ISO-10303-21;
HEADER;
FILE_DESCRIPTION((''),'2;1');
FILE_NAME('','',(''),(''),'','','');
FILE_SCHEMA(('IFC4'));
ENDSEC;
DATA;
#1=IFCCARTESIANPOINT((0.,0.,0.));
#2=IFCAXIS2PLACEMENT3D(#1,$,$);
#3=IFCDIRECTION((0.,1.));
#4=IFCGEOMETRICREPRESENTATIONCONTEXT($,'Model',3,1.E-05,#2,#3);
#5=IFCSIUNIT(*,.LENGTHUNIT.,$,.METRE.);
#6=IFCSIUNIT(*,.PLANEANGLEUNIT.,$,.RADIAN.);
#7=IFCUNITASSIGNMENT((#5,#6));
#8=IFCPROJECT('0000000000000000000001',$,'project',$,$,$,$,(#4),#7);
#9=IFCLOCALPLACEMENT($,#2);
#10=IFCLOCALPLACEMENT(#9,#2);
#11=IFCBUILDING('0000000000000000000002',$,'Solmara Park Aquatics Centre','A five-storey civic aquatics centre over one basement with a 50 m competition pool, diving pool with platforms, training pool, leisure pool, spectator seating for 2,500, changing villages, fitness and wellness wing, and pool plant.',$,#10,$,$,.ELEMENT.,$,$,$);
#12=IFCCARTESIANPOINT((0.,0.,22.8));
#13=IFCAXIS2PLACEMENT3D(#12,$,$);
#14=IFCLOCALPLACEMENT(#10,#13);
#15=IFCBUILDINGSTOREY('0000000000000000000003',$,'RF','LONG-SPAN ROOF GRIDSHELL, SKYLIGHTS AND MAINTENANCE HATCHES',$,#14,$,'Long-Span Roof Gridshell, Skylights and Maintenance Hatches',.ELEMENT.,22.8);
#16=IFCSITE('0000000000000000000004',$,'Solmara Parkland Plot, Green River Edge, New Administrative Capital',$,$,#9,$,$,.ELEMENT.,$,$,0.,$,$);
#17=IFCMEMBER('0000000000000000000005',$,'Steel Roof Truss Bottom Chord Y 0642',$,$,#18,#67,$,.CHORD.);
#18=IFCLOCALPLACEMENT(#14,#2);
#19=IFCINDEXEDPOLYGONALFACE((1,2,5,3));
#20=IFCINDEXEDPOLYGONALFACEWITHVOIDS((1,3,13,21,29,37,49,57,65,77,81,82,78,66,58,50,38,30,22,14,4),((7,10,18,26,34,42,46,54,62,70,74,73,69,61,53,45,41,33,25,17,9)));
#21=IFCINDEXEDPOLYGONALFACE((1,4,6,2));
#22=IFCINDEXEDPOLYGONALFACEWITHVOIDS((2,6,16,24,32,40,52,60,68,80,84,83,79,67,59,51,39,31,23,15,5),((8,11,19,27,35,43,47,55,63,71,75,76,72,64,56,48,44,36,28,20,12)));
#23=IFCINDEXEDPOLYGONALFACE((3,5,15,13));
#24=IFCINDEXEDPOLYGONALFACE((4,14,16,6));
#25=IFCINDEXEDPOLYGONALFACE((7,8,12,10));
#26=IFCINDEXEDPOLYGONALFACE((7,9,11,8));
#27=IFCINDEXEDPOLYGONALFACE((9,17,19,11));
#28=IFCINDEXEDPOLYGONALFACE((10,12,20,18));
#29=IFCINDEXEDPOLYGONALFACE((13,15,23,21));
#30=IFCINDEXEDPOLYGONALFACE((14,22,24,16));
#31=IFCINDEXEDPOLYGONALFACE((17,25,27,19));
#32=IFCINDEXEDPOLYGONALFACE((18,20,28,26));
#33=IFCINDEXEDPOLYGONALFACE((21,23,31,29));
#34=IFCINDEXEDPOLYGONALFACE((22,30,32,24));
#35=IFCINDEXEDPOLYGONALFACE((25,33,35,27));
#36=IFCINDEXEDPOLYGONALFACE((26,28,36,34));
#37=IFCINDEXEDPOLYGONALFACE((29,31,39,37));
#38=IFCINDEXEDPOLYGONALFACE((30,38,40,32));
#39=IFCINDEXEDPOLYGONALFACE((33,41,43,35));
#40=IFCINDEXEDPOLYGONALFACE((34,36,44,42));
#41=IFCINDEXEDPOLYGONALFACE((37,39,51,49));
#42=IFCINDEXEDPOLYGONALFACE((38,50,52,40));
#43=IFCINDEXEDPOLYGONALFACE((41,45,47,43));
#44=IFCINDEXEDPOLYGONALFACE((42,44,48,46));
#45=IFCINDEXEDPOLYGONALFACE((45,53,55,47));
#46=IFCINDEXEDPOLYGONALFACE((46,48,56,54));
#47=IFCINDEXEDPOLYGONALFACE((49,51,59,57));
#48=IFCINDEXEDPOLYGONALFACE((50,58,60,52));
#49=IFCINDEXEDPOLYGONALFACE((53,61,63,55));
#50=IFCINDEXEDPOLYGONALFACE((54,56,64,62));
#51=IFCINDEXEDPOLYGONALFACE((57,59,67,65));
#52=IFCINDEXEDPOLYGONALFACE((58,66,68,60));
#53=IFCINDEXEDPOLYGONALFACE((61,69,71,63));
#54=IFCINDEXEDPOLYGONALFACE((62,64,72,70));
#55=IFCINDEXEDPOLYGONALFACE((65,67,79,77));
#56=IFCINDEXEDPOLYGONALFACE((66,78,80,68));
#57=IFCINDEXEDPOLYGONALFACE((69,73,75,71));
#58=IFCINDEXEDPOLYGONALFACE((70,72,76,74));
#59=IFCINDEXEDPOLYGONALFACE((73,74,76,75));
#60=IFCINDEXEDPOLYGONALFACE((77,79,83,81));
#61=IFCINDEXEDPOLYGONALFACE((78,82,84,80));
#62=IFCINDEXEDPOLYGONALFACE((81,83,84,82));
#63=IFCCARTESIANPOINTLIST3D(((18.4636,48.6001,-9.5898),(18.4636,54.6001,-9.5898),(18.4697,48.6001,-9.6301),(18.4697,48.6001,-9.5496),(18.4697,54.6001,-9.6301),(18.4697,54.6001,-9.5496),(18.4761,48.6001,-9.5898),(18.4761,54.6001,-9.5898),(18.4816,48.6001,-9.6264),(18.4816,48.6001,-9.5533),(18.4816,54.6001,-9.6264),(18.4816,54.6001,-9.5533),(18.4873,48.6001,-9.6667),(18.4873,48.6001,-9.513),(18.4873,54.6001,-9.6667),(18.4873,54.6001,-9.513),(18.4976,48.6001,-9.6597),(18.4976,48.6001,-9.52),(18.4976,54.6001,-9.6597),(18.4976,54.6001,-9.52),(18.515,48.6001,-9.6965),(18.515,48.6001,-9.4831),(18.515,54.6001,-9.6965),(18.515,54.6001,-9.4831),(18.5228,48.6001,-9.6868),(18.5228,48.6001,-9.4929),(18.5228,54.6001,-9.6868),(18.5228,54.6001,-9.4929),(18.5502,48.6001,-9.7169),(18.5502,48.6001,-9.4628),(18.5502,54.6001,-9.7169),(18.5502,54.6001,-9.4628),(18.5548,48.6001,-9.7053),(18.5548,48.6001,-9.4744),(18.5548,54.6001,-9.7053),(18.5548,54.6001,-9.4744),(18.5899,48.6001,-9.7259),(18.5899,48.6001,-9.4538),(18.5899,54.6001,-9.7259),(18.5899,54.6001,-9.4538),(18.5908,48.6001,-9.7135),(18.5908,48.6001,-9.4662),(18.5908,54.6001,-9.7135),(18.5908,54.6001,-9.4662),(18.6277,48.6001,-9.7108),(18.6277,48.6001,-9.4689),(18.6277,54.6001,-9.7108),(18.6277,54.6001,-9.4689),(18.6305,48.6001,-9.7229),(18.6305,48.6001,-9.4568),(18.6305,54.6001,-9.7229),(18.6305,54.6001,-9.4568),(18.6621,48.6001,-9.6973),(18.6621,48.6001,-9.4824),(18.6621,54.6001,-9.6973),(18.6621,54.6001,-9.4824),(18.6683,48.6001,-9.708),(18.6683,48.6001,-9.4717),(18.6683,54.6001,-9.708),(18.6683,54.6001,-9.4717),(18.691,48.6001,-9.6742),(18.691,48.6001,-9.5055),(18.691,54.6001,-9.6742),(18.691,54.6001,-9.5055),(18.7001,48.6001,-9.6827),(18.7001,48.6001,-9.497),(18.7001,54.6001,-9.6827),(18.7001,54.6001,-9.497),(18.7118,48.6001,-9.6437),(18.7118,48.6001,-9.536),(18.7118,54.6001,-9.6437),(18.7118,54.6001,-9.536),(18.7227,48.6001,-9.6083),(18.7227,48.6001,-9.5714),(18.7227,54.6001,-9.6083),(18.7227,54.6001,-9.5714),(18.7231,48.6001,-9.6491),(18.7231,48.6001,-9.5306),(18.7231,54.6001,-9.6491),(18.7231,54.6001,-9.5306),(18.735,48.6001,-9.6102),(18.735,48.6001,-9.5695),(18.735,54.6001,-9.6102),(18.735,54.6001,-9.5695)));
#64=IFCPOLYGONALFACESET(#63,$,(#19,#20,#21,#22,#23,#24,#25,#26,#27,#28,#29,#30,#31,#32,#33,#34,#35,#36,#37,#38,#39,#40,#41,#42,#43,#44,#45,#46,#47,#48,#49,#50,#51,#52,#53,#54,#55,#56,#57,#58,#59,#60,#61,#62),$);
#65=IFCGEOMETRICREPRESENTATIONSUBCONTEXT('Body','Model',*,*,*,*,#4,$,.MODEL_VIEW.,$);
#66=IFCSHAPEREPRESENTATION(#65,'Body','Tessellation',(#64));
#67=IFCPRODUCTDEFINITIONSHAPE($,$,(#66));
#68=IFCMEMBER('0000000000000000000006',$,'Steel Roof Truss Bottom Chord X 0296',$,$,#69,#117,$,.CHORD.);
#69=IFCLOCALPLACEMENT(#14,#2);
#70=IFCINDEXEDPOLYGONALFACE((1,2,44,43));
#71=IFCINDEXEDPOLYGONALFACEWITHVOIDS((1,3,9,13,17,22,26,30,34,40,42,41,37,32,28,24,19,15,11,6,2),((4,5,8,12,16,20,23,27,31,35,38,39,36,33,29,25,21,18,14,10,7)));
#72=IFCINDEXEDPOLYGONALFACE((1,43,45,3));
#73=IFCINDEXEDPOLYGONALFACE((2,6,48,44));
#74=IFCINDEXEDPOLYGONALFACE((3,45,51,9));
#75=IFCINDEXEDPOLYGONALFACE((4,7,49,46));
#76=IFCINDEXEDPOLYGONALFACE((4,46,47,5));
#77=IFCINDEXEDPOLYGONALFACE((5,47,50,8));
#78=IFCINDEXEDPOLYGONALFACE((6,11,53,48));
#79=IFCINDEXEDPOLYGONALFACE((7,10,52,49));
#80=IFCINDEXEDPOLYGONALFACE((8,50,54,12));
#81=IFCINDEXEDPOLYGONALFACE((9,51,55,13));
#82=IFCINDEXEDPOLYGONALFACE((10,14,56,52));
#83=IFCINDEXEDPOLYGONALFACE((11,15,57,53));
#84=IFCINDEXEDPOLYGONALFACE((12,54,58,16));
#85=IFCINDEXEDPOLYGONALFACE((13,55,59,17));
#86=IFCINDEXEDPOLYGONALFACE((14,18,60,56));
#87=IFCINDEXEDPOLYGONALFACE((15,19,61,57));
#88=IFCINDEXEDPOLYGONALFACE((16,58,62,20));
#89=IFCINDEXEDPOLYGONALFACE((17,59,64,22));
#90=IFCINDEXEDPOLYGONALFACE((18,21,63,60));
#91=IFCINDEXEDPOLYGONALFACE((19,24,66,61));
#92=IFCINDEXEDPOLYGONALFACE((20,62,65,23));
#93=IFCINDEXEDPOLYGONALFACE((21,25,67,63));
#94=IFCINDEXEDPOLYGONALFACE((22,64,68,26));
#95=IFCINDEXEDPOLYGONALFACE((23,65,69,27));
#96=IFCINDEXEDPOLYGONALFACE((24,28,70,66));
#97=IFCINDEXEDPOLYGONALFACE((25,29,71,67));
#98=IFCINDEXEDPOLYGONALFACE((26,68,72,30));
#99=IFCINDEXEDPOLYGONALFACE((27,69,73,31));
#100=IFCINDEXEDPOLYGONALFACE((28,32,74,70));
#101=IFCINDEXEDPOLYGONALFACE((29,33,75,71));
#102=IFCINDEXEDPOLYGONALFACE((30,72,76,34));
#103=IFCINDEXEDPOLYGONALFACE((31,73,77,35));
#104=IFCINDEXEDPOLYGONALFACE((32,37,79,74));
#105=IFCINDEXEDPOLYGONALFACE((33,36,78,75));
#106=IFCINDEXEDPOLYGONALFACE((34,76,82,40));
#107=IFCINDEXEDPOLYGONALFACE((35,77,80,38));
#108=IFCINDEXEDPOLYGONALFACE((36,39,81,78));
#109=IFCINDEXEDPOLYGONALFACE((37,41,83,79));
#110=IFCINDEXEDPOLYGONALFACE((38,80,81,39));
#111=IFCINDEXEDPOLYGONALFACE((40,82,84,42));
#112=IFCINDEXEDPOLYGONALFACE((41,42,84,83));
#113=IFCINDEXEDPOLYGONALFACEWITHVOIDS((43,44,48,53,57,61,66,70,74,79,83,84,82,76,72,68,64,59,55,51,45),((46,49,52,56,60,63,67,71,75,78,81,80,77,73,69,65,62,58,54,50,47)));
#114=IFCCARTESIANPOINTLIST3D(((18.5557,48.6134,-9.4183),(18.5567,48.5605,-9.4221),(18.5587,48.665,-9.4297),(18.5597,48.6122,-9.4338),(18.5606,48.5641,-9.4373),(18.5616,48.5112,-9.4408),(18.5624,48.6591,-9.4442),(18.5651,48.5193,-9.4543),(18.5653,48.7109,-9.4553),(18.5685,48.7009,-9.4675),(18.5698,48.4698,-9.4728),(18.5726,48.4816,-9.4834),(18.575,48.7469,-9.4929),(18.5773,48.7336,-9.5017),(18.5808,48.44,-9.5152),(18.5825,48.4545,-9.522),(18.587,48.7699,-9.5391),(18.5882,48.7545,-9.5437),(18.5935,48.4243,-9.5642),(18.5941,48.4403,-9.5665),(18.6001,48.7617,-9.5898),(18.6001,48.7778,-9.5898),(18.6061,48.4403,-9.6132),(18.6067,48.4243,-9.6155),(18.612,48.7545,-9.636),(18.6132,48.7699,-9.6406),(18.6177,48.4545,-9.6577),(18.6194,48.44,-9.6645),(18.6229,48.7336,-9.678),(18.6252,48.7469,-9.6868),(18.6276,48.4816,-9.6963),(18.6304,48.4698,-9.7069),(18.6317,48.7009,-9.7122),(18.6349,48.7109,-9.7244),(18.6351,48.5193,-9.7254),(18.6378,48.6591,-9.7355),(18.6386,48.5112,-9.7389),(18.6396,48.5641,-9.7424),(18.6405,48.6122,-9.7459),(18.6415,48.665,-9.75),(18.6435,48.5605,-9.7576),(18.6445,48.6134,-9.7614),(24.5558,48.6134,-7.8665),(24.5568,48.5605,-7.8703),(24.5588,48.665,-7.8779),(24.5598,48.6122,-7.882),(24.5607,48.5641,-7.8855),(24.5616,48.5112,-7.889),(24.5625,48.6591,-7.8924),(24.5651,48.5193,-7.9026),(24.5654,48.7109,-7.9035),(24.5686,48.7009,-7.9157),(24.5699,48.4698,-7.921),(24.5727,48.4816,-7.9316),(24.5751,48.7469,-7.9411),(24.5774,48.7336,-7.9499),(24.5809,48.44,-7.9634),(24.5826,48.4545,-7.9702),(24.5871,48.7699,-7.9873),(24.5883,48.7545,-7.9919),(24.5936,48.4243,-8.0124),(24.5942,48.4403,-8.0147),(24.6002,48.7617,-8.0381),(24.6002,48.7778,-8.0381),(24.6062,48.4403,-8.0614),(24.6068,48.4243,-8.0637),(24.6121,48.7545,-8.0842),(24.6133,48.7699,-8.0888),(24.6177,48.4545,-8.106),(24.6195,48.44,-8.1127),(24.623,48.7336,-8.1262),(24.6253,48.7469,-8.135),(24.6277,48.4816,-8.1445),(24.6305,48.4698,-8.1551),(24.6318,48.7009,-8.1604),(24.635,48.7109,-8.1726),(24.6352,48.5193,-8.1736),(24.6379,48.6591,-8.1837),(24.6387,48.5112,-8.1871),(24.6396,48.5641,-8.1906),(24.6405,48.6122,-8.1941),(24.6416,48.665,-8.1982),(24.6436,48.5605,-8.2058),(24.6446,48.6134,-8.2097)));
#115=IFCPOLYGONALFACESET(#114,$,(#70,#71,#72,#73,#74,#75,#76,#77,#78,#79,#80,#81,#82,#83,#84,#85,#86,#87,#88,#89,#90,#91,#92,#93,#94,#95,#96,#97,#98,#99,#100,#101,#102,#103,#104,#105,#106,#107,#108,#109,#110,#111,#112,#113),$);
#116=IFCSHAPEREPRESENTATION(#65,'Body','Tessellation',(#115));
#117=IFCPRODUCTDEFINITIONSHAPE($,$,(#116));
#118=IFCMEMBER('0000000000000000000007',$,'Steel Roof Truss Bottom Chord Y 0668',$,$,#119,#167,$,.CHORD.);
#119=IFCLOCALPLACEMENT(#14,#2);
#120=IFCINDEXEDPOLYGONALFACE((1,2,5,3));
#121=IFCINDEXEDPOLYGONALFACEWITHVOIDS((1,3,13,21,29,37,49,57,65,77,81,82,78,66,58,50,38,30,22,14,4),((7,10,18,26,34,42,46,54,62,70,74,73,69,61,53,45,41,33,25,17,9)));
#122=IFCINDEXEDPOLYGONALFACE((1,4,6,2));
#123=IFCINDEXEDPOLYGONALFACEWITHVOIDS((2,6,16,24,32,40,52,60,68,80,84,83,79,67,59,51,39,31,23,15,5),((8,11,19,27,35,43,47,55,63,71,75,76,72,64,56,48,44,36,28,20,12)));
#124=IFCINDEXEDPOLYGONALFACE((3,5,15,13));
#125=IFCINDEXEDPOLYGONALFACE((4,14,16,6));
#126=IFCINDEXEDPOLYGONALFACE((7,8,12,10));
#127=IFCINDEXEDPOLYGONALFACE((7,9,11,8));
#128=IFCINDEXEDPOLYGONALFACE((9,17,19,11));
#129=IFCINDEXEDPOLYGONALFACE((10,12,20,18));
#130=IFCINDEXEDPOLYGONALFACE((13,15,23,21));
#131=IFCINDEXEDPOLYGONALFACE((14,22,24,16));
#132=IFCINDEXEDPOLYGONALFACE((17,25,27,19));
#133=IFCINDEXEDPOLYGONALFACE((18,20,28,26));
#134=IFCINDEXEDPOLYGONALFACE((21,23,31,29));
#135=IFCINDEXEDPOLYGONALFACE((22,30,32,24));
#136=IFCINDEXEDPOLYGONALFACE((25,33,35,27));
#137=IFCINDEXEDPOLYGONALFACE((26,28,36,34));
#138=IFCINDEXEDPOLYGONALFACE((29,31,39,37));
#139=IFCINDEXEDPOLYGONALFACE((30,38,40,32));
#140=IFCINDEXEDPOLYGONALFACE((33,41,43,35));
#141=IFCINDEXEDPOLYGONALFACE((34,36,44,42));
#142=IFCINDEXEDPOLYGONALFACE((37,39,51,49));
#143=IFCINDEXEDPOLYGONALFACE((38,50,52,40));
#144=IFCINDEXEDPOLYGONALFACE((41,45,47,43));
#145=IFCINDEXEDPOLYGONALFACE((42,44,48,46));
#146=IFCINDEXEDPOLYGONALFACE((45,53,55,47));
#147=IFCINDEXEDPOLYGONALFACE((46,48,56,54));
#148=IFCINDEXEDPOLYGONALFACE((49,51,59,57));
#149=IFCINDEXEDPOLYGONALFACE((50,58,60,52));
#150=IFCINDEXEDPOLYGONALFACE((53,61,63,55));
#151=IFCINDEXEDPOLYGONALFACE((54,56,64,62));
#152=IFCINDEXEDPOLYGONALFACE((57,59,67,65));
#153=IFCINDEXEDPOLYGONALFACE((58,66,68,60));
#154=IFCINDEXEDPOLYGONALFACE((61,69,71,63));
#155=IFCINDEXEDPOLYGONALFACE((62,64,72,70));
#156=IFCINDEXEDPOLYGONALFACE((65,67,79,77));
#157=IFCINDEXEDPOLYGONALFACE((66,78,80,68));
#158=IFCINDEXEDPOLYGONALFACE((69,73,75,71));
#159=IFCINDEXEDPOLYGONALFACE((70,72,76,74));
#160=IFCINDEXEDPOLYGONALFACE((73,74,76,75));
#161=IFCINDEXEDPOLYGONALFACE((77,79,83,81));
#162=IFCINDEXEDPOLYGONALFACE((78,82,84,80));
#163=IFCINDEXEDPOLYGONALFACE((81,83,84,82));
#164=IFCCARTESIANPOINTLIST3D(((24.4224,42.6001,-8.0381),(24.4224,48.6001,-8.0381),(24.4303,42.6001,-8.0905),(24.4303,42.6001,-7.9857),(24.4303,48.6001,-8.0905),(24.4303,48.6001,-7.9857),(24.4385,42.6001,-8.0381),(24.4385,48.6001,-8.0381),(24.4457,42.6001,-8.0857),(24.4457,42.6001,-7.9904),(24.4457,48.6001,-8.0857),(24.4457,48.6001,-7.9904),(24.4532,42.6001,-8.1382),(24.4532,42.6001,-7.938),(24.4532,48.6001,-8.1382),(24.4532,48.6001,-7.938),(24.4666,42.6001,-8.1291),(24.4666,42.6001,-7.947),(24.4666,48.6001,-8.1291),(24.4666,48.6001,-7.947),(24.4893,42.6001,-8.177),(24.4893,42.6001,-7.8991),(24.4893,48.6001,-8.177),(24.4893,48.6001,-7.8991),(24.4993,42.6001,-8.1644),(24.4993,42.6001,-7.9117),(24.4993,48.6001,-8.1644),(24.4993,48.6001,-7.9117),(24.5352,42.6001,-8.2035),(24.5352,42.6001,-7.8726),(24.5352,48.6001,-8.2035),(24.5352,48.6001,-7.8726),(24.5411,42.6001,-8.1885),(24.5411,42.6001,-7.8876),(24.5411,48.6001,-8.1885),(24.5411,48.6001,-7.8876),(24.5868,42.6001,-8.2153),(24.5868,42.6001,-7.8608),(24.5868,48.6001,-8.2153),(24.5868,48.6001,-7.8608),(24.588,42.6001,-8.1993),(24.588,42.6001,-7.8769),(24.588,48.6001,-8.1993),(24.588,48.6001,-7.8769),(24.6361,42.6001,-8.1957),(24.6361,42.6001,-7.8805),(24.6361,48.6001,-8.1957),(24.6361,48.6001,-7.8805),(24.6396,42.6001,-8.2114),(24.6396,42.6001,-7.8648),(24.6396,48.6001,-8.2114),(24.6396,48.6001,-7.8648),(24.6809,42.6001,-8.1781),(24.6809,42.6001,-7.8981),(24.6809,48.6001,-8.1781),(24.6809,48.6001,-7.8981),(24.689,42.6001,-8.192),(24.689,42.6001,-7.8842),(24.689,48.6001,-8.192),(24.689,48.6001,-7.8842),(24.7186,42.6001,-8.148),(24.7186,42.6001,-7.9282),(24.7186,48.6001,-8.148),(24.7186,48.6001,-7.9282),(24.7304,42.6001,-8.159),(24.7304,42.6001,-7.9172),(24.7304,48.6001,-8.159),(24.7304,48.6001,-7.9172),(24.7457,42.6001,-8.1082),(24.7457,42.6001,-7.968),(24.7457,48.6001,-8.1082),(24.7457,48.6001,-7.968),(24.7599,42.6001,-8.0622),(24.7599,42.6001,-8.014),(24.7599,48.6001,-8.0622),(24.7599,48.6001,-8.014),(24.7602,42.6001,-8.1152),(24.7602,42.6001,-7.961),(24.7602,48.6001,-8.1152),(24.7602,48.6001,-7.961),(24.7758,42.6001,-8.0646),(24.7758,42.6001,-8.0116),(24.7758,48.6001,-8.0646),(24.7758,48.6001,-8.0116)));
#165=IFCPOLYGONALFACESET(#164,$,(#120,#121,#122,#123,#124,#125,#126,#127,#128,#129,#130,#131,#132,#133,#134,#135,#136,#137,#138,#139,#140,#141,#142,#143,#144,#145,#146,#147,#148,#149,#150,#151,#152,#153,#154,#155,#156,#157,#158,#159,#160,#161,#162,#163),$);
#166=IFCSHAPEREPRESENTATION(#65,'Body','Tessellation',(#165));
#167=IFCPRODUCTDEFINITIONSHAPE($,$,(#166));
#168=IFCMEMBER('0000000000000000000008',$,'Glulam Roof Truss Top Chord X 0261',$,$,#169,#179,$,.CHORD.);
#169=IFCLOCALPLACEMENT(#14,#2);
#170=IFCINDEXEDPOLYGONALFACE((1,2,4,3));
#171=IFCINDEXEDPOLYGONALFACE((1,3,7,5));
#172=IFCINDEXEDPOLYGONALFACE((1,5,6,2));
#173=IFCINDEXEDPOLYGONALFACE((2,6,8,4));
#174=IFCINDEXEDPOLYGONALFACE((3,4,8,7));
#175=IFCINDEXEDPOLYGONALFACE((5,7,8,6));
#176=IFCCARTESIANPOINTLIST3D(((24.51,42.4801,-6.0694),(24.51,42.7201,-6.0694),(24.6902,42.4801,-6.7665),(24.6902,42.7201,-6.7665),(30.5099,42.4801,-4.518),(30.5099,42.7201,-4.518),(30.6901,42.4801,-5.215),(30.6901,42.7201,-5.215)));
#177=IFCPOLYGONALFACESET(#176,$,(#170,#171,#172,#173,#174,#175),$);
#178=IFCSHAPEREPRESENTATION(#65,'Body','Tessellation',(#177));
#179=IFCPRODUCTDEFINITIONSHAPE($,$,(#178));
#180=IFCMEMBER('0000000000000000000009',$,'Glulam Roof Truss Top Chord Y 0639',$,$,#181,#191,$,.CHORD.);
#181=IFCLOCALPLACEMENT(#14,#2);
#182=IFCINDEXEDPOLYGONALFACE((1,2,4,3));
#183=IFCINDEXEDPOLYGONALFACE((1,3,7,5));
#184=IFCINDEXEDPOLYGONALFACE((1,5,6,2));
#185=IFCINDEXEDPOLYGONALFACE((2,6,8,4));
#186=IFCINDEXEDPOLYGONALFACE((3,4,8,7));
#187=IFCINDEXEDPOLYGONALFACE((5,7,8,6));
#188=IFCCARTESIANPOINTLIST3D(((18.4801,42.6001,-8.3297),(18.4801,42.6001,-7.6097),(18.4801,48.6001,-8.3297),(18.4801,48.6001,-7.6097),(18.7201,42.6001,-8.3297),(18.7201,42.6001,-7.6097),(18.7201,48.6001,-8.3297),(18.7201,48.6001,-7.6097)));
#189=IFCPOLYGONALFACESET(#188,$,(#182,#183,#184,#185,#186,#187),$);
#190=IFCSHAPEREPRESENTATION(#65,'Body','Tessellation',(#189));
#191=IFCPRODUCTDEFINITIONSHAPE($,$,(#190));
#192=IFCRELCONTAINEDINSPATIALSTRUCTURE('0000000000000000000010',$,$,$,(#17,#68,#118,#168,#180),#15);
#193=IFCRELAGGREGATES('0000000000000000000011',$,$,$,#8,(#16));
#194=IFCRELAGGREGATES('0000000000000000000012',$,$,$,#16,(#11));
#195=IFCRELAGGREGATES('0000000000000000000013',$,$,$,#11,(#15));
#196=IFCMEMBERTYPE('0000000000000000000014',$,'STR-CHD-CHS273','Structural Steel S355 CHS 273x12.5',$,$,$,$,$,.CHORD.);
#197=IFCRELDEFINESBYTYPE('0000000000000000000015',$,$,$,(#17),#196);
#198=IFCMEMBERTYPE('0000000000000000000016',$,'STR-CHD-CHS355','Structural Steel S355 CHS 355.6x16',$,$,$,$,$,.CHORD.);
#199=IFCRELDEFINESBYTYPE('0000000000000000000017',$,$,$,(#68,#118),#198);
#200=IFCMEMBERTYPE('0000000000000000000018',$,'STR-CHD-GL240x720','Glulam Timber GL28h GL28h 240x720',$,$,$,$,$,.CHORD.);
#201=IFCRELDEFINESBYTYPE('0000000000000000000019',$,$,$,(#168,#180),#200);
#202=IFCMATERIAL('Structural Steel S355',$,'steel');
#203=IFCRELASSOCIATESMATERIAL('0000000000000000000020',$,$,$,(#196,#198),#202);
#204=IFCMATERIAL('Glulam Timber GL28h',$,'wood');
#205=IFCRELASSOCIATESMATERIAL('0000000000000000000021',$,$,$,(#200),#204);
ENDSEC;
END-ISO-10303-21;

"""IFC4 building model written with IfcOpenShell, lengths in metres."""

from ifc_helpers import new_model, si_unit, direction, frame, origin, origin_2d, place, context, subcontext, project, spatial, rectangle, hollow_circle, extrude, material, material_profile, profile_set, type_object, element, save


model = new_model("IFC4")

# Units and contexts
model_context = context("Model", 3, precision=1e-05, world=origin(), true_north=direction((0.0, 1.0)))
body_context = subcontext(model_context, "Body", "Model", "MODEL_VIEW")
ifc_project = project(units=[si_unit("LENGTHUNIT", "METRE"), si_unit("PLANEANGLEUNIT", "RADIAN")], contexts=[model_context])

# Site, building, storey
site_placement = place(None, origin())
site = spatial("IfcSite", under=ifc_project, at=site_placement, Name="Solmara Parkland Plot, Green River Edge, New Administrative Capital", CompositionType="ELEMENT", RefElevation=0.0)
building_placement = place(site_placement, origin())
building = spatial("IfcBuilding", under=site, at=building_placement, Name="Solmara Park Aquatics Centre", Description="A five-storey civic aquatics centre over one basement with a 50 m competition pool, diving pool with platforms, training pool, leisure pool, spectator seating for 2,500, changing villages, fitness and wellness wing, and pool plant.", CompositionType="ELEMENT")
storey_placement = place(building_placement, frame((0.0, 0.0, 22.8)))
storey = spatial("IfcBuildingStorey", under=building, at=storey_placement, Name="RF", Description="LONG-SPAN ROOF GRIDSHELL, SKYLIGHTS AND MAINTENANCE HATCHES", LongName="Long-Span Roof Gridshell, Skylights and Maintenance Hatches", CompositionType="ELEMENT", Elevation=22.8)

# Members
ifc_material_1 = material(Name="Structural Steel S355", Category="steel")
ifc_material_profile_1 = material_profile(ifc_material_1, hollow_circle(Radius=0.1365, WallThickness=0.0125, at=origin_2d()), Name="CHS 273x12.5")
ifc_profile_set_1 = profile_set([ifc_material_profile_1], Name="Structural Steel S355")
member_type_1 = type_object("IfcMemberType", Name="STR-CHD-CHS273", Description="Structural Steel S355 CHS 273x12.5", PredefinedType="CHORD", material=ifc_profile_set_1)
for number, where, z_axis, x_axis, name in (
    (1, (18.6001, 48.6001, -9.5898), (0.0, 1.0, 0.0), (-1.0, 0.0, 0.0), "Steel Roof Truss Bottom Chord Y 0642"),
):
    element("IfcMember", number, at=place(storey_placement, frame(where, z_axis=z_axis, x_axis=x_axis)), inside=storey, type_object=member_type_1, Name=name, PredefinedType="CHORD", context=body_context, shape_type="SweptSolid", body=[
        extrude(hollow_circle(Radius=0.1365, WallThickness=0.0125, at=origin_2d()), origin(), (0.0, 0.0, 1.0), 6.0),
    ])
ifc_material_profile_2 = material_profile(ifc_material_1, hollow_circle(Radius=0.1777, WallThickness=0.0161, at=origin_2d()), Name="CHS 355.6x16")
ifc_profile_set_2 = profile_set([ifc_material_profile_2], Name="Structural Steel S355")
member_type_2 = type_object("IfcMemberType", Name="STR-CHD-CHS355", Description="Structural Steel S355 CHS 355.6x16", PredefinedType="CHORD", material=ifc_profile_set_2)
member_1_placement = place(storey_placement, frame((18.6001, 48.6001, -9.5898), z_axis=(0.968146, 0.0, 0.250388), x_axis=(0.0, 1.0, 0.0)))
element("IfcMember", 2, at=member_1_placement, inside=storey, type_object=member_type_2, Name="Steel Roof Truss Bottom Chord X 0296", PredefinedType="CHORD", context=body_context, shape_type="SweptSolid", body=[
    extrude(hollow_circle(Radius=0.1777, WallThickness=0.0161, at=origin_2d()), origin(), (0.0, 0.0, 1.0), 6.1975),
])
member_2_placement = place(storey_placement, frame((24.6001, 42.6001, -8.0381), z_axis=(0.0, 1.0, 0.0), x_axis=(-1.0, 0.0, 0.0)))
element("IfcMember", 3, at=member_2_placement, inside=storey, type_object=member_type_2, Name="Steel Roof Truss Bottom Chord Y 0668", PredefinedType="CHORD", context=body_context, shape_type="SweptSolid", body=[
    extrude(hollow_circle(Radius=0.1777, WallThickness=0.0161, at=origin_2d()), origin(), (0.0, 0.0, 1.0), 6.0),
])
ifc_material_2 = material(Name="Glulam Timber GL28h", Category="wood")
ifc_material_profile_3 = material_profile(ifc_material_2, rectangle(XDim=0.24, YDim=0.72, at=origin_2d()), Name="GL28h 240x720")
ifc_profile_set_3 = profile_set([ifc_material_profile_3], Name="Glulam Timber GL28h")
member_type_3 = type_object("IfcMemberType", Name="STR-CHD-GL240x720", Description="Glulam Timber GL28h GL28h 240x720", PredefinedType="CHORD", material=ifc_profile_set_3)
member_3_placement = place(storey_placement, frame((24.6001, 42.6001, -6.418), z_axis=(0.968155, 0.0, 0.250351), x_axis=(0.0, 1.0, 0.0)))
element("IfcMember", 4, at=member_3_placement, inside=storey, type_object=member_type_3, Name="Glulam Roof Truss Top Chord X 0261", PredefinedType="CHORD", context=body_context, shape_type="SweptSolid", body=[
    extrude(rectangle(XDim=0.24, YDim=0.72, at=origin_2d()), origin(), (0.0, 0.0, 1.0), 6.1973),
])
for number, where, z_axis, x_axis, name in (
    (5, (18.6001, 42.6001, -7.9697), (0.0, 1.0, 0.0), (-1.0, 0.0, 0.0), "Glulam Roof Truss Top Chord Y 0639"),
):
    element("IfcMember", number, at=place(storey_placement, frame(where, z_axis=z_axis, x_axis=x_axis)), inside=storey, type_object=member_type_3, Name=name, PredefinedType="CHORD", context=body_context, shape_type="SweptSolid", body=[
        extrude(rectangle(XDim=0.24, YDim=0.72, at=origin_2d()), origin(), (0.0, 0.0, 1.0), 6.0),
    ])

save(model, "model.ifc")
